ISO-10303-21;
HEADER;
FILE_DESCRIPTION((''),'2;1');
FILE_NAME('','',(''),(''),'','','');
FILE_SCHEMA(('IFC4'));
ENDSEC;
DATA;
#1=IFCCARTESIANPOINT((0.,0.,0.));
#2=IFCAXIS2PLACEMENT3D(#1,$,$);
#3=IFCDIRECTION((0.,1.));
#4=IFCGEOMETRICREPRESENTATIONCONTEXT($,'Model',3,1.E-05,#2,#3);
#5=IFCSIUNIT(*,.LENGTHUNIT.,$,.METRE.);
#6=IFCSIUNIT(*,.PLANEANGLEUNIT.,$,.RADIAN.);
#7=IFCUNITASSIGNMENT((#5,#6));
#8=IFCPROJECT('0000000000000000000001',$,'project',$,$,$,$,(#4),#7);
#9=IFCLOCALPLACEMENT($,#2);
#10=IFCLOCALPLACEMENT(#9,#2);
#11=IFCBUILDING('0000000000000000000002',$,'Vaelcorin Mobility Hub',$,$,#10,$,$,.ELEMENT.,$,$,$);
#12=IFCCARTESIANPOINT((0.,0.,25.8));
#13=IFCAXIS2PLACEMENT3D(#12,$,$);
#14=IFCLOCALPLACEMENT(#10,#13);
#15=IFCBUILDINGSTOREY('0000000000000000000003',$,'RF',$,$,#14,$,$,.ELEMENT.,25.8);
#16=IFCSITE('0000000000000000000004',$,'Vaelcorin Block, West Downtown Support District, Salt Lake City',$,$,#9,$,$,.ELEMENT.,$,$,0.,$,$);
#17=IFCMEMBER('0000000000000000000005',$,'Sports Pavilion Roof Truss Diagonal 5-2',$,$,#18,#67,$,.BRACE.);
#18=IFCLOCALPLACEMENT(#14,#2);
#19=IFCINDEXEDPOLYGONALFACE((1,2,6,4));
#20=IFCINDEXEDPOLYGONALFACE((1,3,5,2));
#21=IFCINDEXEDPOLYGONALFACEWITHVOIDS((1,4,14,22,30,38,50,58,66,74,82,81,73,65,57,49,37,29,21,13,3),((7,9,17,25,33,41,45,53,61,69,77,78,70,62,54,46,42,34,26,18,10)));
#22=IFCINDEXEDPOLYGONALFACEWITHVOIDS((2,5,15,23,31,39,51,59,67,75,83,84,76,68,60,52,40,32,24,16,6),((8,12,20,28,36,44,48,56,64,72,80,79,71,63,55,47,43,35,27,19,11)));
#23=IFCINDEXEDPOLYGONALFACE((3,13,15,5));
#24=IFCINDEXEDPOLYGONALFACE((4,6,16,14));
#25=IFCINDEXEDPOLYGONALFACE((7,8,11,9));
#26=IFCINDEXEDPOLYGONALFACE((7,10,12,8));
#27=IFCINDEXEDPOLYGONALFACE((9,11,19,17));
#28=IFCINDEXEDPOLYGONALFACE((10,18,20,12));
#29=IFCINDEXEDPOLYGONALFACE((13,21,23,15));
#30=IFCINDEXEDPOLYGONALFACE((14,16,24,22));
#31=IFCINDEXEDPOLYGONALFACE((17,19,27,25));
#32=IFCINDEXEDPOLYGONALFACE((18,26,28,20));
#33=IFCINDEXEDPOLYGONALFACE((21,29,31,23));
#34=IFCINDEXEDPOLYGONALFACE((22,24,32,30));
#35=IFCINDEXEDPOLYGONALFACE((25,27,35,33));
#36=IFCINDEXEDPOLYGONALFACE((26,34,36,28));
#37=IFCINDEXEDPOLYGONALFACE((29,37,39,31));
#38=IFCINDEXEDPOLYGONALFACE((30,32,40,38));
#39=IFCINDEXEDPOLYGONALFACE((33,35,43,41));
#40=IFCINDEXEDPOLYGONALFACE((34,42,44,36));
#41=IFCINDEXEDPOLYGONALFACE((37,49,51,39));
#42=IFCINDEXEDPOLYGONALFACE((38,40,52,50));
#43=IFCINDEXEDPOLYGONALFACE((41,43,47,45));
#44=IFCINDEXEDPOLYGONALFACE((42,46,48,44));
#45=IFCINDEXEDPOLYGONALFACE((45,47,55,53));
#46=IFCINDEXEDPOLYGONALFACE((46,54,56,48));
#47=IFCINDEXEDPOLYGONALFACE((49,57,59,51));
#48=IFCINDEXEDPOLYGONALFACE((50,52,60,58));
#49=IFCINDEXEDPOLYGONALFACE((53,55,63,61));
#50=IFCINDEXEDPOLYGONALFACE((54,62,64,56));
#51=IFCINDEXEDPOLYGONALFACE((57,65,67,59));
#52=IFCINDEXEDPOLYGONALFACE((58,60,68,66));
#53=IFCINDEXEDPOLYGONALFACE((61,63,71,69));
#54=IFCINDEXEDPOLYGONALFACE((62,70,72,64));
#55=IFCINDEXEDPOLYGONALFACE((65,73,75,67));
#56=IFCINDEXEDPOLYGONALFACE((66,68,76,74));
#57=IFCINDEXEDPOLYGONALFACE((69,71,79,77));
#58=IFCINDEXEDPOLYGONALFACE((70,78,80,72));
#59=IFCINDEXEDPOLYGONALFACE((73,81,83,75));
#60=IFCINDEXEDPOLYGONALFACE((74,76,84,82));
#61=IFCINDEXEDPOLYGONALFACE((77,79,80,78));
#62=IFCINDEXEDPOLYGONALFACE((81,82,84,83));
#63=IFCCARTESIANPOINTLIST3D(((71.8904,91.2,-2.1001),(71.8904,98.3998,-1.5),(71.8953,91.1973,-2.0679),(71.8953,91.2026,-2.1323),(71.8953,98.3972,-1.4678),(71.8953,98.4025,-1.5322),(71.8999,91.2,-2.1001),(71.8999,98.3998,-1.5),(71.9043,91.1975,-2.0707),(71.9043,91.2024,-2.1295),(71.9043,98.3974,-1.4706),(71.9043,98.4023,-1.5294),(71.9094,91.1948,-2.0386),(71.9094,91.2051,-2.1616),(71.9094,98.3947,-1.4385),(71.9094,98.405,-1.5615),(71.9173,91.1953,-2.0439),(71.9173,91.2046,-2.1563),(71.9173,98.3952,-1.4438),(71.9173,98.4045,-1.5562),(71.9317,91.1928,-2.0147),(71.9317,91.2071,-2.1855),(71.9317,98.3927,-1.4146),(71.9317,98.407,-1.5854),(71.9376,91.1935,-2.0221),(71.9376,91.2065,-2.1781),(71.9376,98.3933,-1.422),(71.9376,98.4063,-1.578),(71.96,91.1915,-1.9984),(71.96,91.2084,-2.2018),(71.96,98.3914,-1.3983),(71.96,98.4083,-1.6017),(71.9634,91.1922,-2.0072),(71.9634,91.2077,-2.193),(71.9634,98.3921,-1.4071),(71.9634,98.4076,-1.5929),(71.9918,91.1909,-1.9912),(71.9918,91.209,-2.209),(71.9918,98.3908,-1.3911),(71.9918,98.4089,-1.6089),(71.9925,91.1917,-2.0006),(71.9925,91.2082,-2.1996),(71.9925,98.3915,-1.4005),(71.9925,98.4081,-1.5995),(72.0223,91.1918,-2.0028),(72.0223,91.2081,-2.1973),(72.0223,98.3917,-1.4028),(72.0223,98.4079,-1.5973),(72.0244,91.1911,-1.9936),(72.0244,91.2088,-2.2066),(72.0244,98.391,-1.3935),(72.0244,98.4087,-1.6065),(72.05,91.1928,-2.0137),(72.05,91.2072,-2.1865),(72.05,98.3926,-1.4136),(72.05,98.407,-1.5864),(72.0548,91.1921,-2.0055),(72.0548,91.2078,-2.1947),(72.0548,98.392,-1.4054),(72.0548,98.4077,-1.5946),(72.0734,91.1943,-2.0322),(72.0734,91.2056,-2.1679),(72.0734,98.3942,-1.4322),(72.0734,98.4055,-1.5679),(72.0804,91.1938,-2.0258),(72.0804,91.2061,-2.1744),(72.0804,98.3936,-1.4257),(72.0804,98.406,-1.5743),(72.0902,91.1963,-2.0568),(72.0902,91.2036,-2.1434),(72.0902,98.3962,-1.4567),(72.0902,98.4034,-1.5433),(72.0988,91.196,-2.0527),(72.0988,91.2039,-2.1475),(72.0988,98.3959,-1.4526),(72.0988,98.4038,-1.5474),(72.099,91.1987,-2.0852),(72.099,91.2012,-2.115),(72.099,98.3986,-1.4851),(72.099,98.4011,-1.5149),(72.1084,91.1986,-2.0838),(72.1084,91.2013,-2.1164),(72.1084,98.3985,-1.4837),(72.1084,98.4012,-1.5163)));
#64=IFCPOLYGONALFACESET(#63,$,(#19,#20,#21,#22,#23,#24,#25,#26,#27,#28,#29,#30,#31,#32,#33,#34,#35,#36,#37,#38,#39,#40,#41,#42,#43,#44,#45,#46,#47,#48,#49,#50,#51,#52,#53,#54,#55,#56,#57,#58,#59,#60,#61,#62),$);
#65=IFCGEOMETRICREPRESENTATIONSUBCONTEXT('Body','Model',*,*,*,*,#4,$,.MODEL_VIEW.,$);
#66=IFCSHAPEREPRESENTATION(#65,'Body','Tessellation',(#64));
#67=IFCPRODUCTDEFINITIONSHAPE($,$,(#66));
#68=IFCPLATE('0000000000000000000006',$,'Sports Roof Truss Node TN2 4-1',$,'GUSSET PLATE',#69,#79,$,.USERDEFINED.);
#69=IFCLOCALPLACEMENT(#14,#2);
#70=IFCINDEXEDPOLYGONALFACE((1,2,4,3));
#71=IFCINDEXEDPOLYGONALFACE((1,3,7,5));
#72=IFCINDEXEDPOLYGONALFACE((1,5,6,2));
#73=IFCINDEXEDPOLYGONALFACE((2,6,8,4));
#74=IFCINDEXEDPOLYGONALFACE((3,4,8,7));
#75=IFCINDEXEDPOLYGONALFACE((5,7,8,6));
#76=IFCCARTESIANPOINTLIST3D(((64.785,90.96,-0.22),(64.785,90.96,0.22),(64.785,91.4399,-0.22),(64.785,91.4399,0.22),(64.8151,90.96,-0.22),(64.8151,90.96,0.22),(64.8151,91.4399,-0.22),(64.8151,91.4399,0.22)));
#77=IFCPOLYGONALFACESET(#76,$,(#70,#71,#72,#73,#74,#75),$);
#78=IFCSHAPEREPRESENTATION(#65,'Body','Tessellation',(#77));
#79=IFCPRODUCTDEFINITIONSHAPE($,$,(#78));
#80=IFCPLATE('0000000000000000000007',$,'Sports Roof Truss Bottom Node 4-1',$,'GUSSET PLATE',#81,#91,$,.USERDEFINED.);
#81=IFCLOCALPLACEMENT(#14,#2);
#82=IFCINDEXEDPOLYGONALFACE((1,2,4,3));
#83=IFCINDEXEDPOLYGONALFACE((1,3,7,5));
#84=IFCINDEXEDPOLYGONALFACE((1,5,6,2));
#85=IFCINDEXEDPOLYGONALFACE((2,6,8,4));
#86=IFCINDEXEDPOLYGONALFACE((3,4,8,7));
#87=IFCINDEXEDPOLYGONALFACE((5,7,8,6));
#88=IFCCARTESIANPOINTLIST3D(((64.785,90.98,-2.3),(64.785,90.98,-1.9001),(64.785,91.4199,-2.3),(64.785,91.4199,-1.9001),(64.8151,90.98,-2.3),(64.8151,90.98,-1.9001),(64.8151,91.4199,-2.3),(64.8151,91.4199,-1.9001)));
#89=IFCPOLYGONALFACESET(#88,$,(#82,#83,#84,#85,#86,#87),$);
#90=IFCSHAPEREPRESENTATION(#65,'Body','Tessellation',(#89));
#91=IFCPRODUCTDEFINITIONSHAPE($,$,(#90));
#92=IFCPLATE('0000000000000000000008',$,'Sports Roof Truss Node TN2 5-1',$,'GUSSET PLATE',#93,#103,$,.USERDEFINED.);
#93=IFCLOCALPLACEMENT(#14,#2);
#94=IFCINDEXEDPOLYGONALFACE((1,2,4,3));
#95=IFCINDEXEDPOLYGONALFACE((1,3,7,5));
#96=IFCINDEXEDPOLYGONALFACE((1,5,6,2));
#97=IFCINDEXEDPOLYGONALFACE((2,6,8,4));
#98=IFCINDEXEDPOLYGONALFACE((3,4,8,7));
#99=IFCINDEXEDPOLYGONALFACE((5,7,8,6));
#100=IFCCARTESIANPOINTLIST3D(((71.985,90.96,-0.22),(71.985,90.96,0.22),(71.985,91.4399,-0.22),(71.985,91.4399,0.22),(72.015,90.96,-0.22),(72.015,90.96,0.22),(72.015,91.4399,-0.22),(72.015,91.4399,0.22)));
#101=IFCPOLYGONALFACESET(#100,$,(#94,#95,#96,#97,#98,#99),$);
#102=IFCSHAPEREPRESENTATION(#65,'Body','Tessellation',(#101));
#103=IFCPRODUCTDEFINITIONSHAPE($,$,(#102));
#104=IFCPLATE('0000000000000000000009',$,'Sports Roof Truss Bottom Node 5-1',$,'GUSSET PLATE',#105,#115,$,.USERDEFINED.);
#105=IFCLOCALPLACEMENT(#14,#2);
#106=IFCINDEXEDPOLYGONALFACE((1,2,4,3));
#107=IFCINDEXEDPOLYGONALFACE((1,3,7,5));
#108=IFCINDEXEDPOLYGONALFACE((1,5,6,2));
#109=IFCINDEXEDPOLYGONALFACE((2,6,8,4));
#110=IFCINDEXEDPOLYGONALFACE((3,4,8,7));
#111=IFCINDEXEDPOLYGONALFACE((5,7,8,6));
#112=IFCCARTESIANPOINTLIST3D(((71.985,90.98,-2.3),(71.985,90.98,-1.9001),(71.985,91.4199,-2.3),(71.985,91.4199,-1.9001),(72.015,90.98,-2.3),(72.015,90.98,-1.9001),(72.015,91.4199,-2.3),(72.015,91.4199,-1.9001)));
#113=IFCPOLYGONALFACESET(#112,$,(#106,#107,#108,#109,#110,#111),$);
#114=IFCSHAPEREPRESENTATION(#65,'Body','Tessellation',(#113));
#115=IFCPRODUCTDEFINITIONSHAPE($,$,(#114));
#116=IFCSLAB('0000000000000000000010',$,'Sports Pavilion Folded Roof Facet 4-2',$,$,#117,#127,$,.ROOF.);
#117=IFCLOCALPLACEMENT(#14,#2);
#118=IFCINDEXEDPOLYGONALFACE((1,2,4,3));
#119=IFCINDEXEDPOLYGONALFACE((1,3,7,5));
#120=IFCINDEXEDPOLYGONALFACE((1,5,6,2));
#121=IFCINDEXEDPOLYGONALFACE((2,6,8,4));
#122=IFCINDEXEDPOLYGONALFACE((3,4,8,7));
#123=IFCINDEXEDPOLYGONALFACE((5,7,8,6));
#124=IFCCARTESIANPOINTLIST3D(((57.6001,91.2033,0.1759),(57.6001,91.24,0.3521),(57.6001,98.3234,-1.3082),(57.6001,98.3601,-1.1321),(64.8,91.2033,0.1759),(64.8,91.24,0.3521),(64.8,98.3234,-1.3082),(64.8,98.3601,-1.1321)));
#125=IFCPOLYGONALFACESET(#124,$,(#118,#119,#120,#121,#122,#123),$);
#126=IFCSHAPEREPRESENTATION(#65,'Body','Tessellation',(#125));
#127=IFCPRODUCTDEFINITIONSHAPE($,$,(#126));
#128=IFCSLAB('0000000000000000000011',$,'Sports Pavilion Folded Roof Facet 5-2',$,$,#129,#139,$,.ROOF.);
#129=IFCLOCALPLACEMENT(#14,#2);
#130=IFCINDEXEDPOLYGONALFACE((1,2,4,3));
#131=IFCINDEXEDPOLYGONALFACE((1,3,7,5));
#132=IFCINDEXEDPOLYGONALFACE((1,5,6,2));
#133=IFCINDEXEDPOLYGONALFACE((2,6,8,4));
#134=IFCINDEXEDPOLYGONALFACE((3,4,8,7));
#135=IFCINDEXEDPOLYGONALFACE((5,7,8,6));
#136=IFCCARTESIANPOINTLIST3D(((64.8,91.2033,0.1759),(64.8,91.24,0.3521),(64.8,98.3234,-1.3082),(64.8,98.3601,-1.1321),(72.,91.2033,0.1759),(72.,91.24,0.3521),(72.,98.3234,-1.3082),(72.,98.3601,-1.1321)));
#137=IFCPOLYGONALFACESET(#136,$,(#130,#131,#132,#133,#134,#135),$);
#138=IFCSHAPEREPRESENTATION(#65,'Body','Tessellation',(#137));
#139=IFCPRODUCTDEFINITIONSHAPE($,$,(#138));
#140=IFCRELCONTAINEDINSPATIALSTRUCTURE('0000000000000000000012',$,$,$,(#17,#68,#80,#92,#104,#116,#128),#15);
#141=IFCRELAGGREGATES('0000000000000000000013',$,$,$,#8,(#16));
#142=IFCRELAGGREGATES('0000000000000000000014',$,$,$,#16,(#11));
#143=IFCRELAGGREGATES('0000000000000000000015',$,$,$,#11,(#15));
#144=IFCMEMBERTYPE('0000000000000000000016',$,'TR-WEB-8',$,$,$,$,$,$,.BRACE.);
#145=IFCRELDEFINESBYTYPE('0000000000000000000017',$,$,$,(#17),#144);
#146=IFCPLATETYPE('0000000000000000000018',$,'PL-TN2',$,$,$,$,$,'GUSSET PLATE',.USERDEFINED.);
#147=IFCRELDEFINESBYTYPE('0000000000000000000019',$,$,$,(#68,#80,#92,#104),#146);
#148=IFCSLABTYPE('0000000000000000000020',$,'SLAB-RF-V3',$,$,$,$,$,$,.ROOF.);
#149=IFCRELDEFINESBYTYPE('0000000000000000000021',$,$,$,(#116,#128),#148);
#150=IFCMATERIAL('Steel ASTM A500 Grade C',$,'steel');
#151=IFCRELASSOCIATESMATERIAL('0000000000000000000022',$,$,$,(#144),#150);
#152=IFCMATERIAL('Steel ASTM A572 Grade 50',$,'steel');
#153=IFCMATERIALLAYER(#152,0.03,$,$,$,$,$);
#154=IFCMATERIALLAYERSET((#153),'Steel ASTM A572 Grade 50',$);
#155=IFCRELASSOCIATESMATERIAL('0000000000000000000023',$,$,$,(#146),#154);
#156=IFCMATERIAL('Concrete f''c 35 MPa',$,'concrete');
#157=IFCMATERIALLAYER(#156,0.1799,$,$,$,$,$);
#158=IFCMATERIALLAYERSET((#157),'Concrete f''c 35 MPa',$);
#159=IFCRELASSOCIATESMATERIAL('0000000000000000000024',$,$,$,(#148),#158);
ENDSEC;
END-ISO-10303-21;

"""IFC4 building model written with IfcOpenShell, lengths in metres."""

from ifc_helpers import new_model, si_unit, direction, frame, origin, origin_2d, place, context, subcontext, project, spatial, polyline, rectangle, hollow_circle, outline, extrude, material, layer, layer_set, material_profile, profile_set, type_object, element, save


model = new_model("IFC4")

# Units and contexts
model_context = context("Model", 3, precision=1e-05, world=origin(), true_north=direction((0.0, 1.0)))
body_context = subcontext(model_context, "Body", "Model", "MODEL_VIEW")
ifc_project = project(units=[si_unit("LENGTHUNIT", "METRE"), si_unit("PLANEANGLEUNIT", "RADIAN")], contexts=[model_context])

# Site, building, storey
site_placement = place(None, origin())
site = spatial("IfcSite", under=ifc_project, at=site_placement, Name="Vaelcorin Block, West Downtown Support District, Salt Lake City", CompositionType="ELEMENT", RefElevation=0.0)
building_placement = place(site_placement, origin())
building = spatial("IfcBuilding", under=site, at=building_placement, Name="Vaelcorin Mobility Hub", CompositionType="ELEMENT")
storey_placement = place(building_placement, frame((0.0, 0.0, 25.8)))
storey = spatial("IfcBuildingStorey", under=building, at=storey_placement, Name="RF", CompositionType="ELEMENT", Elevation=25.8)

# Shared definitions
ifc_material_1 = material(Name="Steel ASTM A500 Grade C", Category="steel")

# Member
ifc_material_profile_1 = material_profile(ifc_material_1, hollow_circle(Radius=0.1096, WallThickness=0.0095, at=origin_2d()), Name="HSS8.625X0.375")
ifc_profile_set_1 = profile_set([ifc_material_profile_1], Name="Steel ASTM A500 Grade C")
member_type_1 = type_object("IfcMemberType", Name="TR-WEB-8", PredefinedType="BRACE", material=ifc_profile_set_1)
for number, where, z_axis, x_axis, name in (
    (1, (72.0, 91.2, -2.1001), (0.0, 0.996545, 0.083059), (-1.0, 0.0, 0.0), "Sports Pavilion Roof Truss Diagonal 5-2"),
):
    element("IfcMember", number, at=place(storey_placement, frame(where, z_axis=z_axis, x_axis=x_axis)), inside=storey, type_object=member_type_1, Name=name, PredefinedType="BRACE", context=body_context, shape_type="SweptSolid", body=[
        extrude(hollow_circle(Radius=0.1096, WallThickness=0.0095, at=origin_2d()), origin(), (0.0, 0.0, 1.0), 7.2249),
    ])

# Plates
ifc_material_2 = material(Name="Steel ASTM A572 Grade 50", Category="steel")
ifc_layer_1 = layer(ifc_material_2, 0.03)
ifc_layer_set_1 = layer_set([ifc_layer_1], Name="Steel ASTM A572 Grade 50")
plate_type = type_object("IfcPlateType", Name="PL-TN2", ElementType="GUSSET PLATE", PredefinedType="USERDEFINED", material=ifc_layer_set_1)
plate_1_placement = place(storey_placement, frame((64.8, 91.2, -0.22), z_axis=(0.0, 0.0, 1.0), x_axis=(1.0, 0.0, 0.0)))
element("IfcPlate", 2, at=plate_1_placement, inside=storey, type_object=plate_type, Name="Sports Roof Truss Node TN2 4-1", ObjectType="GUSSET PLATE", PredefinedType="USERDEFINED", context=body_context, shape_type="SweptSolid", body=[
    extrude(rectangle(XDim=0.03, YDim=0.48, at=origin_2d()), origin(), (0.0, 0.0, 1.0), 0.4399),
])
plate_2_placement = place(storey_placement, frame((64.8, 91.2, -2.3), z_axis=(0.0, 0.0, 1.0), x_axis=(1.0, 0.0, 0.0)))
element("IfcPlate", 3, at=plate_2_placement, inside=storey, type_object=plate_type, Name="Sports Roof Truss Bottom Node 4-1", ObjectType="GUSSET PLATE", PredefinedType="USERDEFINED", context=body_context, shape_type="SweptSolid", body=[
    extrude(rectangle(XDim=0.03, YDim=0.4399, at=origin_2d()), origin(), (0.0, 0.0, 1.0), 0.3999),
])
plate_3_placement = place(storey_placement, frame((72.0, 91.2, -0.22), z_axis=(0.0, 0.0, 1.0), x_axis=(1.0, 0.0, 0.0)))
element("IfcPlate", 4, at=plate_3_placement, inside=storey, type_object=plate_type, Name="Sports Roof Truss Node TN2 5-1", ObjectType="GUSSET PLATE", PredefinedType="USERDEFINED", context=body_context, shape_type="SweptSolid", body=[
    extrude(rectangle(XDim=0.03, YDim=0.48, at=origin_2d()), origin(), (0.0, 0.0, 1.0), 0.4399),
])
plate_4_placement = place(storey_placement, frame((72.0, 91.2, -2.3), z_axis=(0.0, 0.0, 1.0), x_axis=(1.0, 0.0, 0.0)))
element("IfcPlate", 5, at=plate_4_placement, inside=storey, type_object=plate_type, Name="Sports Roof Truss Bottom Node 5-1", ObjectType="GUSSET PLATE", PredefinedType="USERDEFINED", context=body_context, shape_type="SweptSolid", body=[
    extrude(rectangle(XDim=0.03, YDim=0.4399, at=origin_2d()), origin(), (0.0, 0.0, 1.0), 0.3999),
])

# Slabs
ifc_material_3 = material(Name="Concrete f'c 35 MPa", Category="concrete")
ifc_layer_2 = layer(ifc_material_3, 0.1799)
ifc_layer_set_2 = layer_set([ifc_layer_2], Name="Concrete f'c 35 MPa")
slab_type = type_object("IfcSlabType", Name="SLAB-RF-V3", PredefinedType="ROOF", material=ifc_layer_set_2)
for number, where, z_axis, x_axis, name in (
    (6, (57.6001, 91.24, 0.3521), (0.0, 0.204056, 0.978959), (1.0, 0.0, 0.0), "Sports Pavilion Folded Roof Facet 4-2"),
    (7, (64.8, 91.24, 0.3521), (0.0, 0.204056, 0.978959), (1.0, 0.0, 0.0), "Sports Pavilion Folded Roof Facet 5-2"),
):
    element("IfcSlab", number, at=place(storey_placement, frame(where, z_axis=z_axis, x_axis=x_axis)), inside=storey, type_object=slab_type, Name=name, PredefinedType="ROOF", context=body_context, shape_type="SweptSolid", body=[
        extrude(outline(polyline([(0.0, 0.0), (7.2, 0.0), (7.2, 7.2732), (0.0, 7.2732), (0.0, 0.0)])), origin(), (0.0, 0.0, -1.0), 0.1799),
    ])

save(model, "model.ifc")
